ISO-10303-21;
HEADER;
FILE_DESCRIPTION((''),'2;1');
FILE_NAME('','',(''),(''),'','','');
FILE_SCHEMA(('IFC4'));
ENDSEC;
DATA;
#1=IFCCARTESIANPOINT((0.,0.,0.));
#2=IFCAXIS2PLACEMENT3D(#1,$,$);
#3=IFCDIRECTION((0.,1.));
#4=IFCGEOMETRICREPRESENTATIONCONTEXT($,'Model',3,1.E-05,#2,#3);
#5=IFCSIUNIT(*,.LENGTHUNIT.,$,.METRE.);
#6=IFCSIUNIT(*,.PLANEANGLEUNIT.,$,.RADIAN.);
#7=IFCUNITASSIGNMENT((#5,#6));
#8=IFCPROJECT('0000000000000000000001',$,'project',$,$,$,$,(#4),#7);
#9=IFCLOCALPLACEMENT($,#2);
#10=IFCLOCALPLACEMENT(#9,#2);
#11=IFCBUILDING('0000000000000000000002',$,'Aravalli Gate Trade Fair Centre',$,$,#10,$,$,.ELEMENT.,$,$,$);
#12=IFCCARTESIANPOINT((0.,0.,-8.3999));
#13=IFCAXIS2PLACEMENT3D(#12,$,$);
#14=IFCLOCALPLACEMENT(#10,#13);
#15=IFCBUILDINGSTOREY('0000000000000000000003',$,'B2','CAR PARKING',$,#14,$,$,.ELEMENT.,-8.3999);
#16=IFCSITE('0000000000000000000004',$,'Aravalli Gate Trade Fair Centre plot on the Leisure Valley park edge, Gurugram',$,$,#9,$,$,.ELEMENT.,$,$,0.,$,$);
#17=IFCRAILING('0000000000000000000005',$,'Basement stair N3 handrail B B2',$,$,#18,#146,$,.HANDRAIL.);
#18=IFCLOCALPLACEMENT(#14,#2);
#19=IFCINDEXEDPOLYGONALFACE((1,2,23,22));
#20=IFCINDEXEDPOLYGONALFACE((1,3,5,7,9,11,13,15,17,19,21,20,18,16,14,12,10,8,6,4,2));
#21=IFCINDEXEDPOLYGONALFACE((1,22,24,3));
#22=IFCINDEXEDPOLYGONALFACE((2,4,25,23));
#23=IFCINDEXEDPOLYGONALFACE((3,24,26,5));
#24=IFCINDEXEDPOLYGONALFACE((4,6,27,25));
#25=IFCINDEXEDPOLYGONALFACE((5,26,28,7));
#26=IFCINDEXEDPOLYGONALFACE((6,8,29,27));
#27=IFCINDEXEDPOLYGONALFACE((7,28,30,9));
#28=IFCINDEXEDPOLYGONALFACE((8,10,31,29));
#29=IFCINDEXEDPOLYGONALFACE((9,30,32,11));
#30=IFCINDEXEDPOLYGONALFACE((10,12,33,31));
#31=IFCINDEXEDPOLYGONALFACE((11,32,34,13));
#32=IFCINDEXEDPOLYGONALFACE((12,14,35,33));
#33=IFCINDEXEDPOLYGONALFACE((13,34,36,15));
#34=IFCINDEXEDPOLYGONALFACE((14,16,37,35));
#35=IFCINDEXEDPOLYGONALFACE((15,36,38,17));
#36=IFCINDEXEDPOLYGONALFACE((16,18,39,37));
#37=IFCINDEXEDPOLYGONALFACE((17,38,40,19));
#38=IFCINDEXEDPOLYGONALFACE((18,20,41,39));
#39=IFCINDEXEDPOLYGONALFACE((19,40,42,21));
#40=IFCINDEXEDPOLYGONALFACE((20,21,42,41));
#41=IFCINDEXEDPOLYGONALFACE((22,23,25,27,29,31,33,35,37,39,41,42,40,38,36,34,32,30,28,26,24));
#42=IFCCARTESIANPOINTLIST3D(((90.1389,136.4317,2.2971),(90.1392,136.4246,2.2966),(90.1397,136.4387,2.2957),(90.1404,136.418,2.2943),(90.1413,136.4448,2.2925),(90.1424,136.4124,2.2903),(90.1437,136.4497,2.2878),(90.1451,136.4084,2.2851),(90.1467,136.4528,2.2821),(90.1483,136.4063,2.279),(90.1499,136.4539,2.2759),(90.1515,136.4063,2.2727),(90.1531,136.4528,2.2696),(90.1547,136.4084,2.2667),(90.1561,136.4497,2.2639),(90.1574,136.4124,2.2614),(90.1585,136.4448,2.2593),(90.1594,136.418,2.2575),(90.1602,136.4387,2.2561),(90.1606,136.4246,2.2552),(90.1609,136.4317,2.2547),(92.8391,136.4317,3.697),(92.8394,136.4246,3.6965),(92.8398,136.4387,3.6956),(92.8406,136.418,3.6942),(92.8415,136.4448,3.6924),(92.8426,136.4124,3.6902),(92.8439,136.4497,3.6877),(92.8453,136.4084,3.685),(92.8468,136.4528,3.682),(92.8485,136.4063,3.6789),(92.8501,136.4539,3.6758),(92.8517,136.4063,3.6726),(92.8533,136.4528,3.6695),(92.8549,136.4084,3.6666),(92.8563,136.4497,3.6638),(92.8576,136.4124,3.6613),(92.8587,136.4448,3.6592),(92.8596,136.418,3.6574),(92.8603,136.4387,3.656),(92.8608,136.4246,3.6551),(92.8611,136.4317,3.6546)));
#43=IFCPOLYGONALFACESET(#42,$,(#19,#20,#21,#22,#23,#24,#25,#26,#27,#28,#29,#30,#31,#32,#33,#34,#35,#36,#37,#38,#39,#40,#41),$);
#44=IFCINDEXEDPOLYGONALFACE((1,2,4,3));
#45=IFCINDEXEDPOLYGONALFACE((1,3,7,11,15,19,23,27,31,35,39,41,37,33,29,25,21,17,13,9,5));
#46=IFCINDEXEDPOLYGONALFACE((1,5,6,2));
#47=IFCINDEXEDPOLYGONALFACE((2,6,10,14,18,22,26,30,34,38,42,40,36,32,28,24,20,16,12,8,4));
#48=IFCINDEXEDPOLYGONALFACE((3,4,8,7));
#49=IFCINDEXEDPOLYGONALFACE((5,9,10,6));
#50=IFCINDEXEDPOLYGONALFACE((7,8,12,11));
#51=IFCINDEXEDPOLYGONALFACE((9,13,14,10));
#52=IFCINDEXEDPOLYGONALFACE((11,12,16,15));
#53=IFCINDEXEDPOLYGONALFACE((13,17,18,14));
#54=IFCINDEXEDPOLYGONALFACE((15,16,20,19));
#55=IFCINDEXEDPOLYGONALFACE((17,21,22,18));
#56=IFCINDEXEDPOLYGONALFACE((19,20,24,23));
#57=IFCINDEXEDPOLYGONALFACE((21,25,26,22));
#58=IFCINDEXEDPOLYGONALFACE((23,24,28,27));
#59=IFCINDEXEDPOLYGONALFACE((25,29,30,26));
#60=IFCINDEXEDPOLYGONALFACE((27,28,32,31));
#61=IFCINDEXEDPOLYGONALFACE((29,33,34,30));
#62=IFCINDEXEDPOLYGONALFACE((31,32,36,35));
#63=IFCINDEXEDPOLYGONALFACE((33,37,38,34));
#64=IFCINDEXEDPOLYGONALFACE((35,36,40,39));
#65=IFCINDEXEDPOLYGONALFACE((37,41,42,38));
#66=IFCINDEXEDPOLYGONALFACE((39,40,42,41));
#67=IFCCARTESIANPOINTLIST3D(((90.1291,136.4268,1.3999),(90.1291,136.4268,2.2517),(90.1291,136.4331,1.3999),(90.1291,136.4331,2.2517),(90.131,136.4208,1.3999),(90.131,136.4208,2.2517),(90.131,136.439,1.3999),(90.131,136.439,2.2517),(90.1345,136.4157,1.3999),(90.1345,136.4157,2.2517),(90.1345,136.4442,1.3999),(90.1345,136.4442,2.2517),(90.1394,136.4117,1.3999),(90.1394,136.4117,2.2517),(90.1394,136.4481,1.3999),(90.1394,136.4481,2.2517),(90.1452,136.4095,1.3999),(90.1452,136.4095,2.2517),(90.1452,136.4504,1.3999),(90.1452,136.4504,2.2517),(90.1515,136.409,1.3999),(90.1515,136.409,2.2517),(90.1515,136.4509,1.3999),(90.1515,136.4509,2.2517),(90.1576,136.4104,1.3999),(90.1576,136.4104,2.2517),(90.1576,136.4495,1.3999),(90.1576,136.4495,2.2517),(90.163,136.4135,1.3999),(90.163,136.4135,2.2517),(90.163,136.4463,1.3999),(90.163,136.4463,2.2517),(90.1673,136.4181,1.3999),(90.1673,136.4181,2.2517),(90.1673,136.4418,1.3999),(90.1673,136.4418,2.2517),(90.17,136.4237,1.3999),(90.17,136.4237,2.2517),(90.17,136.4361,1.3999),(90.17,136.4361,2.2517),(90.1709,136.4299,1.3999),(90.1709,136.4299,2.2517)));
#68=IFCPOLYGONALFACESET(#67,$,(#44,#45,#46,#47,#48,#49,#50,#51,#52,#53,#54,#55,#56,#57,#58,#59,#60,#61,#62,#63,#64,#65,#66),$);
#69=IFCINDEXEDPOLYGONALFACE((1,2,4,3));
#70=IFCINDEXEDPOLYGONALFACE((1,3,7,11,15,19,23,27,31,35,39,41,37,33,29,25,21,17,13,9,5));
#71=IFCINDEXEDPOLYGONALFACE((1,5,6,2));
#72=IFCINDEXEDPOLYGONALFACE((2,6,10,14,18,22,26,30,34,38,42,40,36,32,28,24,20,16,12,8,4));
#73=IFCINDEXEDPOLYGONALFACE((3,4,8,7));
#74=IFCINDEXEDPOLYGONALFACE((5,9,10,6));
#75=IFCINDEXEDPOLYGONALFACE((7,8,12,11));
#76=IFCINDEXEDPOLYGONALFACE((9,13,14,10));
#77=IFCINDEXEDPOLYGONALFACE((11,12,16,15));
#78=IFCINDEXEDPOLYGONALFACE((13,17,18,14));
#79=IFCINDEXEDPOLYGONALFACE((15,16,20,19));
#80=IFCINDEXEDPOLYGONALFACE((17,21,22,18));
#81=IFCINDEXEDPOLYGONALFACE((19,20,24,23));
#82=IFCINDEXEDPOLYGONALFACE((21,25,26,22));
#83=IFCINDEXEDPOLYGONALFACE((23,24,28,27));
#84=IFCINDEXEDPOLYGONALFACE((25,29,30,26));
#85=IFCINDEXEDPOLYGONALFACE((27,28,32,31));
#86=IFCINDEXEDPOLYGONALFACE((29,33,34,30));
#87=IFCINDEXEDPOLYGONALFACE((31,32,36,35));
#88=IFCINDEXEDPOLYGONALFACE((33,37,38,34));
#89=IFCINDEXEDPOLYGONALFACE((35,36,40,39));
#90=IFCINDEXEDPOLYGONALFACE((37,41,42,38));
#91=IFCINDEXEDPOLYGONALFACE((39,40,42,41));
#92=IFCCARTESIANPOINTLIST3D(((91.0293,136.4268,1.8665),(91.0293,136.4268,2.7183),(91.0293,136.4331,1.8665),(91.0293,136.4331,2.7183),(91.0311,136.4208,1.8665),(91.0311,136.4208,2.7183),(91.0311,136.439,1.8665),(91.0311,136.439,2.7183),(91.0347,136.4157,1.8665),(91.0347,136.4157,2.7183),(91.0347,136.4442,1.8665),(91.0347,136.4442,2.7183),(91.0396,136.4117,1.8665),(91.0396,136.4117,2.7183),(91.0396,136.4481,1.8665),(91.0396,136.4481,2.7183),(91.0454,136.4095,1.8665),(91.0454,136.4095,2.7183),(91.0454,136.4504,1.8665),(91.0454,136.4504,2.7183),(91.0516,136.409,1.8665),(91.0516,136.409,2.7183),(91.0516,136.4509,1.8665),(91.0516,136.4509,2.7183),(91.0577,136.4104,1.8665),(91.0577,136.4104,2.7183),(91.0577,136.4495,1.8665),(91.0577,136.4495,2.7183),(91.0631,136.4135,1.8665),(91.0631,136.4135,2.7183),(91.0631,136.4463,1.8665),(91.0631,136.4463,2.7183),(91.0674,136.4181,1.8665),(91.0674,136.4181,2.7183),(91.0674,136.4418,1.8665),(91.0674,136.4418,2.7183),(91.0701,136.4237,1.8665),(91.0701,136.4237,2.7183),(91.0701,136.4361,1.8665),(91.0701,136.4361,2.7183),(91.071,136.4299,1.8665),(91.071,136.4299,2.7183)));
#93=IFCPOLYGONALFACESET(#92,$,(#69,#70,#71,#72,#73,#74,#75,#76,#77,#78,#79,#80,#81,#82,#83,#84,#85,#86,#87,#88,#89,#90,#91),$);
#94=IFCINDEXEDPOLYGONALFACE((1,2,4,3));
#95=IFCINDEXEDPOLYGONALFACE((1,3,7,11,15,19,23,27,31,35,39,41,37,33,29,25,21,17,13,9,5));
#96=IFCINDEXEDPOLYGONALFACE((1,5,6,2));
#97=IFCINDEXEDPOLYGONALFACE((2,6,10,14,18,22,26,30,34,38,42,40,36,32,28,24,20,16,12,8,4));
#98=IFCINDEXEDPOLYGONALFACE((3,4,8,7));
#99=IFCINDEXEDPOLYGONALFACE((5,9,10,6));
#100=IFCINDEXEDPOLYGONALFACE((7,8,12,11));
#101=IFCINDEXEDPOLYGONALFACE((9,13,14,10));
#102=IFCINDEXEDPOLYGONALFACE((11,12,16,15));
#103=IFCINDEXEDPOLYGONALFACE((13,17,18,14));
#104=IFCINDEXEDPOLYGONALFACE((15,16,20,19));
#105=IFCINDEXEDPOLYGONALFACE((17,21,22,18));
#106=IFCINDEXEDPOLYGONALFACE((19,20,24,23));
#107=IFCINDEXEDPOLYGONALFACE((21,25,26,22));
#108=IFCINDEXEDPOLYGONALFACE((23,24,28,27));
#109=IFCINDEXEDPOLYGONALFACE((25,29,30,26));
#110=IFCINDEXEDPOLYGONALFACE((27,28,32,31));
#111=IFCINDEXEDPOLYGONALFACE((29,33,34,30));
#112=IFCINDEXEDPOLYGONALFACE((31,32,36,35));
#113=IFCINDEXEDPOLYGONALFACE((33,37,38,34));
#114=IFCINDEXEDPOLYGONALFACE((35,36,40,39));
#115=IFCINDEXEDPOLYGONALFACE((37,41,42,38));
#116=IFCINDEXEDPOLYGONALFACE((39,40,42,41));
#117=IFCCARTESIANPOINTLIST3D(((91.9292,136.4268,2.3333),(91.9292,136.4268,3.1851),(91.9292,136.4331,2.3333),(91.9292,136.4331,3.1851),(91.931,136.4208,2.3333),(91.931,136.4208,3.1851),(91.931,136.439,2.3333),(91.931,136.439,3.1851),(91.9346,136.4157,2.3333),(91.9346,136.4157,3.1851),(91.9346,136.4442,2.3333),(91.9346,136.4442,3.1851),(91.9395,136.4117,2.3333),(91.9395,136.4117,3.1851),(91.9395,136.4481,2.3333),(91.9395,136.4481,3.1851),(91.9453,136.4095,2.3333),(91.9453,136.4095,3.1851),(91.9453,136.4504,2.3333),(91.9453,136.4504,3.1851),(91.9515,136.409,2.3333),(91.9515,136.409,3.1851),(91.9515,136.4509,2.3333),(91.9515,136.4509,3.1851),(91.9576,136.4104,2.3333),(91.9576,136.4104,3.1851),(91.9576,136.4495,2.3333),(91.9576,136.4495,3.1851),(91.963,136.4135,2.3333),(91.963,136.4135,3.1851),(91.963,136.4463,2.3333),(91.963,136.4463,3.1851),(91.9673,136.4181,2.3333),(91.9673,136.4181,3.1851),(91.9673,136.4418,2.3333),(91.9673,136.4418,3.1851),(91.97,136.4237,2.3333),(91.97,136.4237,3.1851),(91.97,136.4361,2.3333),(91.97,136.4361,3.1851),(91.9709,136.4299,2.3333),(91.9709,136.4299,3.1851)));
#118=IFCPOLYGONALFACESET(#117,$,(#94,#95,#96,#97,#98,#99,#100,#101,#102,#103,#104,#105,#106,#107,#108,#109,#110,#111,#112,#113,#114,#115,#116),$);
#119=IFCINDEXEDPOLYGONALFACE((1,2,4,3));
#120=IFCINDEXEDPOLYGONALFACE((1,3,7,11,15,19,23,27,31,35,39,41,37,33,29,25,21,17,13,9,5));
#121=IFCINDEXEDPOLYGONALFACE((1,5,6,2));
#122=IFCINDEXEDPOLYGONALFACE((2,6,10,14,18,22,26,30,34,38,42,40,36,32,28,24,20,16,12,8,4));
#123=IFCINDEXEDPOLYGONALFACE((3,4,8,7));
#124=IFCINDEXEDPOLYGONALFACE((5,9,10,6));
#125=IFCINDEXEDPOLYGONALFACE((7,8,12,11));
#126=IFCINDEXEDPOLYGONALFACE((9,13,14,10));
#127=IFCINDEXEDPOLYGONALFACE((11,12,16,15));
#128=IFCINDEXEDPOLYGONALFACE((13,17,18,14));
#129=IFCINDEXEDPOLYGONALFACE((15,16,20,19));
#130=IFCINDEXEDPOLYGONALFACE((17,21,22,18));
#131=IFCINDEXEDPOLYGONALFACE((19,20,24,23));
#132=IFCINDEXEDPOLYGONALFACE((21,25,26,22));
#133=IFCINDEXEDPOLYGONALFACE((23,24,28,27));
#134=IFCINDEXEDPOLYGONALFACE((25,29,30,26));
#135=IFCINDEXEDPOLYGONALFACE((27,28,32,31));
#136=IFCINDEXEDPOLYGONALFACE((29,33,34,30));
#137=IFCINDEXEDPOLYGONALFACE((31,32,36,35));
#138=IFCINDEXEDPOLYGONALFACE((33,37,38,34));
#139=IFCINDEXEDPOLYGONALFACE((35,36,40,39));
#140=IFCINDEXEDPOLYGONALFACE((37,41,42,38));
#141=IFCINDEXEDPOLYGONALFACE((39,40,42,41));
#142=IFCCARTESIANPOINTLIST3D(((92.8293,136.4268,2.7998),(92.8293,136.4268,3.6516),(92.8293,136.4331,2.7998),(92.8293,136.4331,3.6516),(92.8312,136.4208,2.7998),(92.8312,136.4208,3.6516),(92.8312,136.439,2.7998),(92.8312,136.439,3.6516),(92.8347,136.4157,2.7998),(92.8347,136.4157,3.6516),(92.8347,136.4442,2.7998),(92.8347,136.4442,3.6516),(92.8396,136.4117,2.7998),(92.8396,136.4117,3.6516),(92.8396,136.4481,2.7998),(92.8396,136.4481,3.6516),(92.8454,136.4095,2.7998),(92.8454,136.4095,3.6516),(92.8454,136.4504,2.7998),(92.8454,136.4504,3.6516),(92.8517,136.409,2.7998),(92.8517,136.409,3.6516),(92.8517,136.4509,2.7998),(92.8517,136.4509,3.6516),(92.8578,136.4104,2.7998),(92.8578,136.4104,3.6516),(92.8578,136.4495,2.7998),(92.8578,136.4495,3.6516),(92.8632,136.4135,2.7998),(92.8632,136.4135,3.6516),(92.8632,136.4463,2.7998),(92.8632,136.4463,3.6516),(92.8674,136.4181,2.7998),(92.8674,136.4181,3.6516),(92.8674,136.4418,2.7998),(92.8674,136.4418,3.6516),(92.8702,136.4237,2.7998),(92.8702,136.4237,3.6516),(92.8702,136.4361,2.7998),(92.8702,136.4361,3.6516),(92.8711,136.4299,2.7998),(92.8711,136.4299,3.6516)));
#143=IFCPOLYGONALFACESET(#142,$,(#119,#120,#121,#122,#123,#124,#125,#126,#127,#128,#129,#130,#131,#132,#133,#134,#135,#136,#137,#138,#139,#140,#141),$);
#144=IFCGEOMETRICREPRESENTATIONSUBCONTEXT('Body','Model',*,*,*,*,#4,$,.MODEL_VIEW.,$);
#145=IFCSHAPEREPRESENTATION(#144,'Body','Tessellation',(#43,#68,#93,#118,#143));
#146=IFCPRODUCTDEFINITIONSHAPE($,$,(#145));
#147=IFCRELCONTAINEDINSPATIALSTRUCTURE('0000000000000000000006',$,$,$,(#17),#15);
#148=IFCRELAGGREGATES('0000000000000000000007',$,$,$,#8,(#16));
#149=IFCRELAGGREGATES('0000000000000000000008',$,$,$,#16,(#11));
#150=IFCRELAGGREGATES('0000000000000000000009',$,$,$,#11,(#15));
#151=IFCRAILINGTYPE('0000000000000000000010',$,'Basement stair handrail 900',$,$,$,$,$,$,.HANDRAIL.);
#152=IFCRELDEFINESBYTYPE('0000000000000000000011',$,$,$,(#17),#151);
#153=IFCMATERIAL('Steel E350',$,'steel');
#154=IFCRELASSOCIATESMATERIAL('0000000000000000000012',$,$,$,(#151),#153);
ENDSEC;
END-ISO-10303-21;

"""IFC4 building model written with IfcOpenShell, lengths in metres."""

from ifc_helpers import new_model, si_unit, direction, frame, origin, origin_2d, place, context, subcontext, project, spatial, circle, extrude, material, type_object, element, save


model = new_model("IFC4")

# Units and contexts
model_context = context("Model", 3, precision=1e-05, world=origin(), true_north=direction((0.0, 1.0)))
body_context = subcontext(model_context, "Body", "Model", "MODEL_VIEW")
ifc_project = project(units=[si_unit("LENGTHUNIT", "METRE"), si_unit("PLANEANGLEUNIT", "RADIAN")], contexts=[model_context])

# Site, building, storey
site_placement = place(None, origin())
site = spatial("IfcSite", under=ifc_project, at=site_placement, Name="Aravalli Gate Trade Fair Centre plot on the Leisure Valley park edge, Gurugram", CompositionType="ELEMENT", RefElevation=0.0)
building_placement = place(site_placement, origin())
building = spatial("IfcBuilding", under=site, at=building_placement, Name="Aravalli Gate Trade Fair Centre", CompositionType="ELEMENT")
storey_placement = place(building_placement, frame((0.0, 0.0, -8.3999)))
storey = spatial("IfcBuildingStorey", under=building, at=storey_placement, Name="B2", Description="CAR PARKING", CompositionType="ELEMENT", Elevation=-8.3999)

# Railing
ifc_material_1 = material(Name="Steel E350", Category="steel")
railing_type_1 = type_object("IfcRailingType", Name="Basement stair handrail 900", PredefinedType="HANDRAIL", material=ifc_material_1)
railing_1_placement = place(storey_placement, frame((90.1499, 136.4299, 1.3999)))
element("IfcRailing", 1, at=railing_1_placement, inside=storey, type_object=railing_type_1, Name="Basement stair N3 handrail B B2", PredefinedType="HANDRAIL", context=body_context, shape_type="SweptSolid", body=[
    extrude(circle(Radius=0.0239, at=origin_2d()), frame((0.0, 0.0, 0.876), z_axis=(0.887781, 0.0, 0.460266), x_axis=(0.0, 1.0, 0.0)), (0.0, 0.0, 1.0), 3.0415),
    extrude(circle(Radius=0.021, at=origin_2d()), origin(), (0.0, 0.0, 1.0), 0.8518),
    extrude(circle(Radius=0.021, at=origin_2d()), frame((0.9001, 0.0, 0.4666)), (0.0, 0.0, 1.0), 0.8518),
    extrude(circle(Radius=0.021, at=origin_2d()), frame((1.8, 0.0, 0.9333)), (0.0, 0.0, 1.0), 0.8518),
    extrude(circle(Radius=0.021, at=origin_2d()), frame((2.7002, 0.0, 1.3999)), (0.0, 0.0, 1.0), 0.8518),
])

save(model, "model.ifc")
